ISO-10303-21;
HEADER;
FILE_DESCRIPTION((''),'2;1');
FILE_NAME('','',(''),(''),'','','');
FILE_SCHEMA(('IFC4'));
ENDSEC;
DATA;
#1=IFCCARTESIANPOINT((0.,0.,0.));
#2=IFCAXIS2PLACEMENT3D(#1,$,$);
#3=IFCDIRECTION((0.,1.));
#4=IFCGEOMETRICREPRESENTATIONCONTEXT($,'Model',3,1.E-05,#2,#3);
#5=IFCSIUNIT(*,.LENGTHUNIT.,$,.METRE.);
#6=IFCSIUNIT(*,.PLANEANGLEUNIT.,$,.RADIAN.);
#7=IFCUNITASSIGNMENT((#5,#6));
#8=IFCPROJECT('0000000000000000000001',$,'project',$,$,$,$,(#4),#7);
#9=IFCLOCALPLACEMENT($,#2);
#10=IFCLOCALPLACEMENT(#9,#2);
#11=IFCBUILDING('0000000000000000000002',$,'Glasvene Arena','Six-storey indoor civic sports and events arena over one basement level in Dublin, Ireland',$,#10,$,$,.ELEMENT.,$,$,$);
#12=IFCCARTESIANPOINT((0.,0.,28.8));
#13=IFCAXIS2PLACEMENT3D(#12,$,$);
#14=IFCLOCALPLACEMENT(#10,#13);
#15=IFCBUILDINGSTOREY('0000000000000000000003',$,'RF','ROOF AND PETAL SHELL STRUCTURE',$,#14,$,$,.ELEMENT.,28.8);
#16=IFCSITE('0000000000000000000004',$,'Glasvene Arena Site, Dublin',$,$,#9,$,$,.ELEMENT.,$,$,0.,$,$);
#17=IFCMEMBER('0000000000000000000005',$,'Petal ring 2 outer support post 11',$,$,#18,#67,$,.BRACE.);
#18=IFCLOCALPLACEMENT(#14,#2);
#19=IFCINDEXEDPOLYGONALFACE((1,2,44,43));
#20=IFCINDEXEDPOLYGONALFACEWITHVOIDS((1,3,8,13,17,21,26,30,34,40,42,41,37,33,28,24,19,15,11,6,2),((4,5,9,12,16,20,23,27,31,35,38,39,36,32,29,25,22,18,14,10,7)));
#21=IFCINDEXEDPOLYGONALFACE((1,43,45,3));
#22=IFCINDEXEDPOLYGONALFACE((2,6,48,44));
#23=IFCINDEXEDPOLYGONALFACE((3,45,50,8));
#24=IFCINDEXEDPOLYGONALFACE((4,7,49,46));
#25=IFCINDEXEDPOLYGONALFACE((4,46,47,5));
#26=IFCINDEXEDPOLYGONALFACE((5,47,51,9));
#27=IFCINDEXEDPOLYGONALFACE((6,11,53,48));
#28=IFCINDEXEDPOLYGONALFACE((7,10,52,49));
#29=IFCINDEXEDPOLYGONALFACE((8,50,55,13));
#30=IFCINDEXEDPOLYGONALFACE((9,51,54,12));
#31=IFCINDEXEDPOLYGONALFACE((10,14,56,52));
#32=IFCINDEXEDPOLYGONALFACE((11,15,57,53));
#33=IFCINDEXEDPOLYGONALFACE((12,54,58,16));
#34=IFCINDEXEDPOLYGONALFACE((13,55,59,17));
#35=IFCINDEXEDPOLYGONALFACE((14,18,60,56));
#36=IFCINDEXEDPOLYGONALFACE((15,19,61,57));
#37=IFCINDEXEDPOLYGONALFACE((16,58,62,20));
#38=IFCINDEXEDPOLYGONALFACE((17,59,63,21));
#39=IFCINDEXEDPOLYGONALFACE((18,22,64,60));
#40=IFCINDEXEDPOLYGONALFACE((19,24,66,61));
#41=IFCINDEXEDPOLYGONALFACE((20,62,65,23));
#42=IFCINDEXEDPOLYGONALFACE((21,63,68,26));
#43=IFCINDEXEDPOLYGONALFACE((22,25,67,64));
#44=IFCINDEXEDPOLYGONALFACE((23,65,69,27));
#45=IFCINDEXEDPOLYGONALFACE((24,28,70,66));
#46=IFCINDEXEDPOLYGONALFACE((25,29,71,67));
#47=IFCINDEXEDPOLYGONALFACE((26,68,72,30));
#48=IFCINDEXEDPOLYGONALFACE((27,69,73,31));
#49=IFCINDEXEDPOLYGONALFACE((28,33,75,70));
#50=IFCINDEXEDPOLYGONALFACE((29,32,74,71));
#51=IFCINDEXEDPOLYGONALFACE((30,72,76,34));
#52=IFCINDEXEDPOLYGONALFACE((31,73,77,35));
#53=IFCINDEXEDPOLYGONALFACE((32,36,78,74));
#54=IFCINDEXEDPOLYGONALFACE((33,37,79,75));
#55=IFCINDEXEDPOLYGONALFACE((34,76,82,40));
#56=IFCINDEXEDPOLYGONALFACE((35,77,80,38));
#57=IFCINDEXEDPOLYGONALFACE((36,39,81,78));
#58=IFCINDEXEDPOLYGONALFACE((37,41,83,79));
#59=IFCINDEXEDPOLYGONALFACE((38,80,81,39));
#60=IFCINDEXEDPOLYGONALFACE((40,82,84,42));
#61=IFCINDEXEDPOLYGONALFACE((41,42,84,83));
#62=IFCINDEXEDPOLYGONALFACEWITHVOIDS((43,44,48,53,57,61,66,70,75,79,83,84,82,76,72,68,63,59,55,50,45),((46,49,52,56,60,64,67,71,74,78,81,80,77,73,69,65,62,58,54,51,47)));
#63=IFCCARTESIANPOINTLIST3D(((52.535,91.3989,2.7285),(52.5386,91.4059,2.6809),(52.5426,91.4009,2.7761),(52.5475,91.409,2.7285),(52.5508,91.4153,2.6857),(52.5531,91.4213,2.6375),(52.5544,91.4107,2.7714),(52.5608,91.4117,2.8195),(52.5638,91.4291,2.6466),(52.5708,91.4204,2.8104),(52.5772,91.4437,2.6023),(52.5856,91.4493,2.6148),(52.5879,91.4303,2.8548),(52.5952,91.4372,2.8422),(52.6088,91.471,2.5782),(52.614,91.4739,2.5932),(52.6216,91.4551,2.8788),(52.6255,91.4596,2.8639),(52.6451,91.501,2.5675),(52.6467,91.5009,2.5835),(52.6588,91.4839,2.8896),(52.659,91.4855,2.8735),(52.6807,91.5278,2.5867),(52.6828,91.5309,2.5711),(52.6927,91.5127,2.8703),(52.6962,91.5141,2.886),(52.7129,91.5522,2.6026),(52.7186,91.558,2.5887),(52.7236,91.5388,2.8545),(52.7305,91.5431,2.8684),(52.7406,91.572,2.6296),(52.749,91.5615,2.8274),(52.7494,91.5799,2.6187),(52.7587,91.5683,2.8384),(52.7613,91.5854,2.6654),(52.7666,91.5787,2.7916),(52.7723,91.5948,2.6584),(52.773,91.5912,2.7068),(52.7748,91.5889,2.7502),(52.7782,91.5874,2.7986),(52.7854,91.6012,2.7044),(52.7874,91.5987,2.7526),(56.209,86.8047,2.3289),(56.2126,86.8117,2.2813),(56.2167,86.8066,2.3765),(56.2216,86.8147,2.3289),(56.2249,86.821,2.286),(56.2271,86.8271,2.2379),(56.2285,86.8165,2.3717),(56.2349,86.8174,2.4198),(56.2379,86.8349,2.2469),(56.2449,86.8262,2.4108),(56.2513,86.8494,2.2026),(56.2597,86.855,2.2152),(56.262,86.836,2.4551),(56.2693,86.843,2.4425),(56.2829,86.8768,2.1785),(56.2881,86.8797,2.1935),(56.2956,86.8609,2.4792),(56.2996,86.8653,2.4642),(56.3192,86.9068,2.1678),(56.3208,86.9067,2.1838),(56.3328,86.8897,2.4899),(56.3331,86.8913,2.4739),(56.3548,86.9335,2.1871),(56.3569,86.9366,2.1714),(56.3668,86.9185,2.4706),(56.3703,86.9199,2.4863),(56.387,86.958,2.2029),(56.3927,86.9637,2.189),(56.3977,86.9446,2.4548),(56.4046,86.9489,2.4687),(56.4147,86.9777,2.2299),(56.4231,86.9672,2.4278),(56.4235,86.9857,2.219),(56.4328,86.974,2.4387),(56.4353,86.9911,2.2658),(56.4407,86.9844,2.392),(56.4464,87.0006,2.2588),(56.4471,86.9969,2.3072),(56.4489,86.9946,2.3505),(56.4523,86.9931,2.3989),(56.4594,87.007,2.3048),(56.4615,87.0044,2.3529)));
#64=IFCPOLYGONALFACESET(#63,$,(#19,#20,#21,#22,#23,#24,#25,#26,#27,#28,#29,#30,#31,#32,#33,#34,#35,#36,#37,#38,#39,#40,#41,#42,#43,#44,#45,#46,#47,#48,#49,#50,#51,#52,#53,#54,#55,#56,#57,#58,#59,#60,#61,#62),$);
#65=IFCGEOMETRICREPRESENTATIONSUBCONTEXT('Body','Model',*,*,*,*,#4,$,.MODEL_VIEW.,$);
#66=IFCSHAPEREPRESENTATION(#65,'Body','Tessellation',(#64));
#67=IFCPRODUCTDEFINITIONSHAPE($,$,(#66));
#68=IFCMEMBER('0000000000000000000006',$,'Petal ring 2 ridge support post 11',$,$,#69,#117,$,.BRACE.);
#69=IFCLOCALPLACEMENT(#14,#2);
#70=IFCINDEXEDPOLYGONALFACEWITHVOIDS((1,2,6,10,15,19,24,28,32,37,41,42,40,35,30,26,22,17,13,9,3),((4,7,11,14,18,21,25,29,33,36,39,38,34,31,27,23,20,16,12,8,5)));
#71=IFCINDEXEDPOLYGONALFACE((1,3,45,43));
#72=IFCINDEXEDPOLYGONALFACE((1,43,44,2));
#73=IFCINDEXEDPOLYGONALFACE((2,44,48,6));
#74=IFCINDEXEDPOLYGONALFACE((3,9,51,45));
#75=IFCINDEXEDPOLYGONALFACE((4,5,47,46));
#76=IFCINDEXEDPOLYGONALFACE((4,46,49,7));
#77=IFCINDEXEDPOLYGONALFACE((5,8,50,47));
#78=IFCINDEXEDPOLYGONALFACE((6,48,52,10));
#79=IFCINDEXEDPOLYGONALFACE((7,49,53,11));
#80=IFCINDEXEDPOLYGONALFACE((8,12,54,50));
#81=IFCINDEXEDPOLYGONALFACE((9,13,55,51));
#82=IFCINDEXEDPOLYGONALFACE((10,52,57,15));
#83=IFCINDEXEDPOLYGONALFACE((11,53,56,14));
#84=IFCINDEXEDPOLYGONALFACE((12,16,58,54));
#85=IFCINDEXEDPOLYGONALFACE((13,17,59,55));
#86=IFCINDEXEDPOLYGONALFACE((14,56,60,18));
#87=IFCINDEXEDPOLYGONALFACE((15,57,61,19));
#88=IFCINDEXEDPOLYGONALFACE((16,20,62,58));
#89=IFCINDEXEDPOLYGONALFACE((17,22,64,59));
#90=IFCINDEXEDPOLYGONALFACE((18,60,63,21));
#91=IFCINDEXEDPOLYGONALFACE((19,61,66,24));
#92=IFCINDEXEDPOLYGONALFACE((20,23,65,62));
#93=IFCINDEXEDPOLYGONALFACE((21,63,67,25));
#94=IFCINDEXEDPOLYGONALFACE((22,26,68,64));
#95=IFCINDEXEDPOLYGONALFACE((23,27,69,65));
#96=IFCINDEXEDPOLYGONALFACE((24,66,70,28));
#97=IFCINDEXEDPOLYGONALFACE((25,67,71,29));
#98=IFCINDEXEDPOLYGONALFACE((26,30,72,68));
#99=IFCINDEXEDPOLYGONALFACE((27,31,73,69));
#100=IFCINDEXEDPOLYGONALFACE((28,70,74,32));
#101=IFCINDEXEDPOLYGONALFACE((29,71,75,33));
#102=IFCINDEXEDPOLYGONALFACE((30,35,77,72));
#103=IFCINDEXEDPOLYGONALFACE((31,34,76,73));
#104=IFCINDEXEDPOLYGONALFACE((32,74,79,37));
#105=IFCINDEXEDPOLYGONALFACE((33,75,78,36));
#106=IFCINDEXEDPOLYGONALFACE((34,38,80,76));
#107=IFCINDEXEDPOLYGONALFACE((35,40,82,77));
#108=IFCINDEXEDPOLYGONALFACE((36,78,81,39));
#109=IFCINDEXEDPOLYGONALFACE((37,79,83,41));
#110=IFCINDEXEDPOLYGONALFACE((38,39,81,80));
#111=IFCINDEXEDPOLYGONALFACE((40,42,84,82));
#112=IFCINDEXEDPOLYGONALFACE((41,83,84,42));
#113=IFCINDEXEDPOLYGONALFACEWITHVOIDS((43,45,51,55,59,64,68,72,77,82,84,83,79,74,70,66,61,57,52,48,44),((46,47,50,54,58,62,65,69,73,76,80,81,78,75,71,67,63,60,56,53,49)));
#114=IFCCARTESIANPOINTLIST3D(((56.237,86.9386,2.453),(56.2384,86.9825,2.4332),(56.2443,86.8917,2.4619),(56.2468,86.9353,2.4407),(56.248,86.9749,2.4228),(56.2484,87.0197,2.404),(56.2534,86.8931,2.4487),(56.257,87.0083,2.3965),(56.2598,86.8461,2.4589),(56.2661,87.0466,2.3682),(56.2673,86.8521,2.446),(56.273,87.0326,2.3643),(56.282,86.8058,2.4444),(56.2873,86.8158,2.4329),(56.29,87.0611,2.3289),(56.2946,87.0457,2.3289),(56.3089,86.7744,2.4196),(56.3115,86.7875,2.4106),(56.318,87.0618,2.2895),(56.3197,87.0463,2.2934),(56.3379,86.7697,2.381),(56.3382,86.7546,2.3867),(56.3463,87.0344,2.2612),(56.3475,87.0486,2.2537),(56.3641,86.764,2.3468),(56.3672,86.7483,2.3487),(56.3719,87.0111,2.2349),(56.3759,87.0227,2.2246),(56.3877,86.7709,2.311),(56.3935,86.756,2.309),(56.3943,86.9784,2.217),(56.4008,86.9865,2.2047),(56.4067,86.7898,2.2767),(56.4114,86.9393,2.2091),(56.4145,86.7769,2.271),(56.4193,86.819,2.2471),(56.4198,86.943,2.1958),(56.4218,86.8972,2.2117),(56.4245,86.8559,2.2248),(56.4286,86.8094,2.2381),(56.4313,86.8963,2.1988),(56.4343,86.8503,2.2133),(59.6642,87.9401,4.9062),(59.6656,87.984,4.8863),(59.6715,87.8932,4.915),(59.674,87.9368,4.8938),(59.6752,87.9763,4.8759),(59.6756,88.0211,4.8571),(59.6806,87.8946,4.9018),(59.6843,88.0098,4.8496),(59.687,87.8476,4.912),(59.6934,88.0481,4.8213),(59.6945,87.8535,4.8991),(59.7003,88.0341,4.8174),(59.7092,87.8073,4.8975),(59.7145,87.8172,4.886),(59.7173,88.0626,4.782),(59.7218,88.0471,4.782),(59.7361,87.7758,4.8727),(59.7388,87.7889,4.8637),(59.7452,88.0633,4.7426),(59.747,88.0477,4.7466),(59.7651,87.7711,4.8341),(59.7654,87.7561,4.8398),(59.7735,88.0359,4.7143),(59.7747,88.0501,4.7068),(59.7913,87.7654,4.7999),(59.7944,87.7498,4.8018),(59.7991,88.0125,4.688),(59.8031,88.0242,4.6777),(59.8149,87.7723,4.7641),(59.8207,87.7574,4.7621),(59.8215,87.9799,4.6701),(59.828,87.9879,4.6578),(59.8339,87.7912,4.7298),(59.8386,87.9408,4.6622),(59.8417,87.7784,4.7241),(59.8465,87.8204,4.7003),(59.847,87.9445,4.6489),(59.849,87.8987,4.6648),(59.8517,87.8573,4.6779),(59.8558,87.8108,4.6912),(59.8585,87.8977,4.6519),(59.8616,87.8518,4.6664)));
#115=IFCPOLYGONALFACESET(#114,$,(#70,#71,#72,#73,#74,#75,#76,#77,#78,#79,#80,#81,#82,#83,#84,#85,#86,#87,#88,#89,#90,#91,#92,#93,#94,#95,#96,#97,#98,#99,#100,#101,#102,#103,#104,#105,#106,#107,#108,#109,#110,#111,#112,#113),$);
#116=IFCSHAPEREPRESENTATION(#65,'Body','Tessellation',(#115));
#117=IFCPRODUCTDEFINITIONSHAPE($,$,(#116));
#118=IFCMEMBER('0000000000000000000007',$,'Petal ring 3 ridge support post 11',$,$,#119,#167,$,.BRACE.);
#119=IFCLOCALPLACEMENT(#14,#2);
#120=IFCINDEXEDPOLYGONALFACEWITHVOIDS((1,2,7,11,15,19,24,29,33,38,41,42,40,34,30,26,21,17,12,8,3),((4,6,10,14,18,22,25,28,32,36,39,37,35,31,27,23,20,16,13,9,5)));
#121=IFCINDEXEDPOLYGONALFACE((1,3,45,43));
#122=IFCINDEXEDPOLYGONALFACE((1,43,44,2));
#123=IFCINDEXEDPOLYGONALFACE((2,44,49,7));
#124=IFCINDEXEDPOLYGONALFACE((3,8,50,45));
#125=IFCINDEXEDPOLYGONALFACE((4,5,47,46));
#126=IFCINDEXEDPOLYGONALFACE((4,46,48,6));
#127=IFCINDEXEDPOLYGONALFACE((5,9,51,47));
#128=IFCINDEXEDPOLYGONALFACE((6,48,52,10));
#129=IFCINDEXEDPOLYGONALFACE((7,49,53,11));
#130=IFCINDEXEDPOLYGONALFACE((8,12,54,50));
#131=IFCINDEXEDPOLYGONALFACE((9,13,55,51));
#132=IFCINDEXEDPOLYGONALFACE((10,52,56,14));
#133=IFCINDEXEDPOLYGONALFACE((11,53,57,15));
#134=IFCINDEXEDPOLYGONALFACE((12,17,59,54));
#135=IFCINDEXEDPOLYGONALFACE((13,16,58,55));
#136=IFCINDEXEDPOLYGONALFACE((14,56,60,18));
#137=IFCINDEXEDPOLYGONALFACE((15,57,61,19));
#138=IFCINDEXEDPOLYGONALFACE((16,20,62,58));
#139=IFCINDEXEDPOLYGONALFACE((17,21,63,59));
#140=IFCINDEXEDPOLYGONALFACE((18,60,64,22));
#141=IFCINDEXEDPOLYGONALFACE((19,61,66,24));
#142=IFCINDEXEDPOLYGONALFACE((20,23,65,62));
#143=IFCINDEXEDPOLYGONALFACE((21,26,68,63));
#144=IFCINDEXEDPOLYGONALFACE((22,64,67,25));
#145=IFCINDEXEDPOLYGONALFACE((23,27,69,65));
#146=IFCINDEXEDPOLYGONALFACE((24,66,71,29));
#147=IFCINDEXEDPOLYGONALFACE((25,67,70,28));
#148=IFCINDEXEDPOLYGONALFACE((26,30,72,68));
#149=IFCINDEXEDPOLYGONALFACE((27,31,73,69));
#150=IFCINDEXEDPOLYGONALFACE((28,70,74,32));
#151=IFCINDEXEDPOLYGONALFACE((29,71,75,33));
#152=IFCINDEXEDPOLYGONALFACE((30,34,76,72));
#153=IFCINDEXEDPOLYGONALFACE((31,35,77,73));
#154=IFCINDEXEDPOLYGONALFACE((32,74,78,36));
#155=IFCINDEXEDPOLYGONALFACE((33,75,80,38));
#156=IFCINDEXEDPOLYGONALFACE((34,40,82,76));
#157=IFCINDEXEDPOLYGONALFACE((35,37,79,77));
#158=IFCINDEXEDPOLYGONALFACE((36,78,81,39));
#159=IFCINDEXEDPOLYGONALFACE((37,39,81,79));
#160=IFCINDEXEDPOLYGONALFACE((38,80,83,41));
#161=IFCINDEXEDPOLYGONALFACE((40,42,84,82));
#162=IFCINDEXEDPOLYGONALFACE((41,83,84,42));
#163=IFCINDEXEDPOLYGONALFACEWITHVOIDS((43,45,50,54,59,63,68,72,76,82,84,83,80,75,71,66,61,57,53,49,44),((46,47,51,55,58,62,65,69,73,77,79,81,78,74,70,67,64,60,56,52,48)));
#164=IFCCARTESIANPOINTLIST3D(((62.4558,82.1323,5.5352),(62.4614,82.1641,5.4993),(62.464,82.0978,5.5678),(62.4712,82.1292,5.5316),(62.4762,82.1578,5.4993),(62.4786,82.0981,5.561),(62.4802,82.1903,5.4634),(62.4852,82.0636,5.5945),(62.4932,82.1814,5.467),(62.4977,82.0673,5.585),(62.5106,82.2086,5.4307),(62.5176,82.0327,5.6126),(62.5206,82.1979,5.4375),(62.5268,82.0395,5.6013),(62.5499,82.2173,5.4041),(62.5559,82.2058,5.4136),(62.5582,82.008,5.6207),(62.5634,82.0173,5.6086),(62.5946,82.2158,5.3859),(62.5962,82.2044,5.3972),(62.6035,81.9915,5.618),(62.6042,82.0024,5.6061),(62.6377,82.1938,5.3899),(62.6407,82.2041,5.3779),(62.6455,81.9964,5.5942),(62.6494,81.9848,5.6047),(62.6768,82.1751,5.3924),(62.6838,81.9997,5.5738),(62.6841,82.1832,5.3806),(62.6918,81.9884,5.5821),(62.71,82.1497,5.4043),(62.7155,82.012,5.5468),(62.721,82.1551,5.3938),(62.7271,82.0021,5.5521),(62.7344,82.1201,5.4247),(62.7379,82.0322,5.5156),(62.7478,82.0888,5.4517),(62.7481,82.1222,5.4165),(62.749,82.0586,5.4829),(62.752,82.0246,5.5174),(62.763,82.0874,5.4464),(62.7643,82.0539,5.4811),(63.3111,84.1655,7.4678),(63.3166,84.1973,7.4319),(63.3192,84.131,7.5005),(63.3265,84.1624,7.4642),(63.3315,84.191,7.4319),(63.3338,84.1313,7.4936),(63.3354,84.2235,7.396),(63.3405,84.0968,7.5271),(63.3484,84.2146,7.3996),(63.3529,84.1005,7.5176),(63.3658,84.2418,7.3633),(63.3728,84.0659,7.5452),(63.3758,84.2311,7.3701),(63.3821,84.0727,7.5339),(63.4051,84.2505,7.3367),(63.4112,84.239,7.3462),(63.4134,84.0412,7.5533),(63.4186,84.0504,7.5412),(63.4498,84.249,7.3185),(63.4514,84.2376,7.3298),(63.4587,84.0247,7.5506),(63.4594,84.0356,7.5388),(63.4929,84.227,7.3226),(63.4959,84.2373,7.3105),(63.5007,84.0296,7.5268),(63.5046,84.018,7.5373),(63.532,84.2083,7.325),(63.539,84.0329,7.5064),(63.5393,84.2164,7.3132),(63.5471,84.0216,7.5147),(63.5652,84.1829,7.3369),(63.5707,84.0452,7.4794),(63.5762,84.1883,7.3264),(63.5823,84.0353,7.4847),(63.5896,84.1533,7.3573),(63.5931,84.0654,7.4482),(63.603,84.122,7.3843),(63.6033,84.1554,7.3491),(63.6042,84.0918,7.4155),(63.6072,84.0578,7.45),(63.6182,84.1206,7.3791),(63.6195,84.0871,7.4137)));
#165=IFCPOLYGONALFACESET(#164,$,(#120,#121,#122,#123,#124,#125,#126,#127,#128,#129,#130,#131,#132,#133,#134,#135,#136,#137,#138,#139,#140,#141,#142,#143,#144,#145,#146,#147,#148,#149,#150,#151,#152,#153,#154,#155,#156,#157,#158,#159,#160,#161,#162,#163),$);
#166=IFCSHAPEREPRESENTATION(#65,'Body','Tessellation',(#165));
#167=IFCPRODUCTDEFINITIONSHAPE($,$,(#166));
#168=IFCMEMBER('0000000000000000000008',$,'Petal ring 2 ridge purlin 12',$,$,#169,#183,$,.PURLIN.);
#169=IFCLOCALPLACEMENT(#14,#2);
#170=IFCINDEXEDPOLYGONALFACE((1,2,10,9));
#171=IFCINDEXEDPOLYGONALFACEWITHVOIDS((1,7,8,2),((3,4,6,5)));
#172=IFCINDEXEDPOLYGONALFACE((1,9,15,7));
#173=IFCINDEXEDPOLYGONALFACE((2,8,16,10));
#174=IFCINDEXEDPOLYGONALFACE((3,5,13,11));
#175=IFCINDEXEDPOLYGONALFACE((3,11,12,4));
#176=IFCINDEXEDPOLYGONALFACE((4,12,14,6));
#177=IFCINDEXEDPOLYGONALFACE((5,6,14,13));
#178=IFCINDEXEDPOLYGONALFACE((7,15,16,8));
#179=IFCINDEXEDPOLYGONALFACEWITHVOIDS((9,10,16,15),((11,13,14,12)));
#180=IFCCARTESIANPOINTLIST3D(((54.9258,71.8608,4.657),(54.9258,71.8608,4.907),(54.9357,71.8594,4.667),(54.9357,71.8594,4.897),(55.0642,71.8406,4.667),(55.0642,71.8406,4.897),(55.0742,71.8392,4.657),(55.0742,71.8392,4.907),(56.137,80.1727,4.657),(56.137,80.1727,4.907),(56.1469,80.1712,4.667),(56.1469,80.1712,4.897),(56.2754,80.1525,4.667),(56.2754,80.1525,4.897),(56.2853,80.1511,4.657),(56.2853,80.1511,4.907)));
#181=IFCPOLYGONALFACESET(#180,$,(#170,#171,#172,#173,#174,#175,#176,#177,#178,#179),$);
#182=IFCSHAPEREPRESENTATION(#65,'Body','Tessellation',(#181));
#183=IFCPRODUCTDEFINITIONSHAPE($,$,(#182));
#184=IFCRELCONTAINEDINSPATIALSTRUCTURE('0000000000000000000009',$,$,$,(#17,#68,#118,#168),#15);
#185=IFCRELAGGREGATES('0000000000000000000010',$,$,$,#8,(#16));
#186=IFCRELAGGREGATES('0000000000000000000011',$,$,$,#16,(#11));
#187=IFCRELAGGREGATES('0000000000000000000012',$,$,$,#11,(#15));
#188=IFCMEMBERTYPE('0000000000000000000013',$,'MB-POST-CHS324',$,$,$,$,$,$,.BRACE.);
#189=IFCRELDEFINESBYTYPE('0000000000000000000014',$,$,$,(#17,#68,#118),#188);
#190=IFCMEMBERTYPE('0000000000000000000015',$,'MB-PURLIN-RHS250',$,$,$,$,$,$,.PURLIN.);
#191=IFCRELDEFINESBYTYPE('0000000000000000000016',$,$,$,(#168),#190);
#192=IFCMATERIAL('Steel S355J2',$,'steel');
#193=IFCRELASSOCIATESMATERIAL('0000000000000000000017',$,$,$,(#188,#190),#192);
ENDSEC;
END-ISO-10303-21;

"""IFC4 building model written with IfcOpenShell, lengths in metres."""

from ifc_helpers import new_model, si_unit, direction, frame, origin, origin_2d, place, context, subcontext, project, spatial, hollow_rectangle, hollow_circle, extrude, material, material_profile, profile_set, type_object, element, save


model = new_model("IFC4")

# Units and contexts
model_context = context("Model", 3, precision=1e-05, world=origin(), true_north=direction((0.0, 1.0)))
body_context = subcontext(model_context, "Body", "Model", "MODEL_VIEW")
ifc_project = project(units=[si_unit("LENGTHUNIT", "METRE"), si_unit("PLANEANGLEUNIT", "RADIAN")], contexts=[model_context])

# Site, building, storey
site_placement = place(None, origin())
site = spatial("IfcSite", under=ifc_project, at=site_placement, Name="Glasvene Arena Site, Dublin", CompositionType="ELEMENT", RefElevation=0.0)
building_placement = place(site_placement, origin())
building = spatial("IfcBuilding", under=site, at=building_placement, Name="Glasvene Arena", Description="Six-storey indoor civic sports and events arena over one basement level in Dublin, Ireland", CompositionType="ELEMENT")
storey_placement = place(building_placement, frame((0.0, 0.0, 28.8)))
storey = spatial("IfcBuildingStorey", under=building, at=storey_placement, Name="RF", Description="ROOF AND PETAL SHELL STRUCTURE", CompositionType="ELEMENT", Elevation=28.8)

# Members
ifc_material_1 = material(Name="Steel S355J2", Category="steel")
ifc_material_profile_1 = material_profile(ifc_material_1, hollow_circle(Radius=0.1619, WallThickness=0.0161, at=origin_2d()), Name="CHS 323.9x16.0")
ifc_profile_set_1 = profile_set([ifc_material_profile_1], Name="Steel S355J2")
member_type_1 = type_object("IfcMemberType", Name="MB-POST-CHS324", PredefinedType="BRACE", material=ifc_profile_set_1)
member_1_placement = place(storey_placement, frame((56.3354, 86.9058, 2.3289), z_axis=(-0.623122, 0.779182, 0.067782), x_axis=(-0.780978, -0.624558, 0.0)))
element("IfcMember", 1, at=member_1_placement, inside=storey, type_object=member_type_1, Name="Petal ring 2 outer support post 11", PredefinedType="BRACE", context=body_context, shape_type="SweptSolid", body=[
    extrude(hollow_circle(Radius=0.1619, WallThickness=0.0161, at=origin_2d()), origin(), (0.0, 0.0, 1.0), 5.8962),
])
member_2_placement = place(storey_placement, frame((56.3354, 86.9058, 2.3289), z_axis=(0.791135, 0.231175, 0.566272), x_axis=(-0.280478, 0.959861, 0.0)))
element("IfcMember", 2, at=member_2_placement, inside=storey, type_object=member_type_1, Name="Petal ring 2 ridge support post 11", PredefinedType="BRACE", context=body_context, shape_type="SweptSolid", body=[
    extrude(hollow_circle(Radius=0.1619, WallThickness=0.0161, at=origin_2d()), origin(), (0.0, 0.0, 1.0), 4.332),
])
member_3_placement = place(storey_placement, frame((62.6106, 82.1013, 5.4993), z_axis=(0.291624, 0.693303, 0.659004), x_axis=(-0.921775, 0.387725, 0.0)))
element("IfcMember", 3, at=member_3_placement, inside=storey, type_object=member_type_1, Name="Petal ring 3 ridge support post 11", PredefinedType="BRACE", context=body_context, shape_type="SweptSolid", body=[
    extrude(hollow_circle(Radius=0.1619, WallThickness=0.0161, at=origin_2d()), origin(), (0.0, 0.0, 1.0), 2.9326),
])
ifc_material_profile_2 = material_profile(ifc_material_1, hollow_rectangle(XDim=0.1499, YDim=0.25, WallThickness=0.01, at=origin_2d()), Name="RHS 250x150x10.0")
ifc_profile_set_2 = profile_set([ifc_material_profile_2], Name="Steel S355J2")
member_type_2 = type_object("IfcMemberType", Name="MB-PURLIN-RHS250", PredefinedType="PURLIN", material=ifc_profile_set_2)
member_4_placement = place(storey_placement, frame((56.2112, 80.1619, 4.782), z_axis=(-0.144196, -0.989549, 0.0), x_axis=(0.989549, -0.144196, 0.0)))
element("IfcMember", 4, at=member_4_placement, inside=storey, type_object=member_type_2, Name="Petal ring 2 ridge purlin 12", PredefinedType="PURLIN", context=body_context, shape_type="SweptSolid", body=[
    extrude(hollow_rectangle(XDim=0.1499, YDim=0.25, WallThickness=0.01, at=origin_2d()), origin(), (0.0, 0.0, 1.0), 8.3997),
])

save(model, "model.ifc")
